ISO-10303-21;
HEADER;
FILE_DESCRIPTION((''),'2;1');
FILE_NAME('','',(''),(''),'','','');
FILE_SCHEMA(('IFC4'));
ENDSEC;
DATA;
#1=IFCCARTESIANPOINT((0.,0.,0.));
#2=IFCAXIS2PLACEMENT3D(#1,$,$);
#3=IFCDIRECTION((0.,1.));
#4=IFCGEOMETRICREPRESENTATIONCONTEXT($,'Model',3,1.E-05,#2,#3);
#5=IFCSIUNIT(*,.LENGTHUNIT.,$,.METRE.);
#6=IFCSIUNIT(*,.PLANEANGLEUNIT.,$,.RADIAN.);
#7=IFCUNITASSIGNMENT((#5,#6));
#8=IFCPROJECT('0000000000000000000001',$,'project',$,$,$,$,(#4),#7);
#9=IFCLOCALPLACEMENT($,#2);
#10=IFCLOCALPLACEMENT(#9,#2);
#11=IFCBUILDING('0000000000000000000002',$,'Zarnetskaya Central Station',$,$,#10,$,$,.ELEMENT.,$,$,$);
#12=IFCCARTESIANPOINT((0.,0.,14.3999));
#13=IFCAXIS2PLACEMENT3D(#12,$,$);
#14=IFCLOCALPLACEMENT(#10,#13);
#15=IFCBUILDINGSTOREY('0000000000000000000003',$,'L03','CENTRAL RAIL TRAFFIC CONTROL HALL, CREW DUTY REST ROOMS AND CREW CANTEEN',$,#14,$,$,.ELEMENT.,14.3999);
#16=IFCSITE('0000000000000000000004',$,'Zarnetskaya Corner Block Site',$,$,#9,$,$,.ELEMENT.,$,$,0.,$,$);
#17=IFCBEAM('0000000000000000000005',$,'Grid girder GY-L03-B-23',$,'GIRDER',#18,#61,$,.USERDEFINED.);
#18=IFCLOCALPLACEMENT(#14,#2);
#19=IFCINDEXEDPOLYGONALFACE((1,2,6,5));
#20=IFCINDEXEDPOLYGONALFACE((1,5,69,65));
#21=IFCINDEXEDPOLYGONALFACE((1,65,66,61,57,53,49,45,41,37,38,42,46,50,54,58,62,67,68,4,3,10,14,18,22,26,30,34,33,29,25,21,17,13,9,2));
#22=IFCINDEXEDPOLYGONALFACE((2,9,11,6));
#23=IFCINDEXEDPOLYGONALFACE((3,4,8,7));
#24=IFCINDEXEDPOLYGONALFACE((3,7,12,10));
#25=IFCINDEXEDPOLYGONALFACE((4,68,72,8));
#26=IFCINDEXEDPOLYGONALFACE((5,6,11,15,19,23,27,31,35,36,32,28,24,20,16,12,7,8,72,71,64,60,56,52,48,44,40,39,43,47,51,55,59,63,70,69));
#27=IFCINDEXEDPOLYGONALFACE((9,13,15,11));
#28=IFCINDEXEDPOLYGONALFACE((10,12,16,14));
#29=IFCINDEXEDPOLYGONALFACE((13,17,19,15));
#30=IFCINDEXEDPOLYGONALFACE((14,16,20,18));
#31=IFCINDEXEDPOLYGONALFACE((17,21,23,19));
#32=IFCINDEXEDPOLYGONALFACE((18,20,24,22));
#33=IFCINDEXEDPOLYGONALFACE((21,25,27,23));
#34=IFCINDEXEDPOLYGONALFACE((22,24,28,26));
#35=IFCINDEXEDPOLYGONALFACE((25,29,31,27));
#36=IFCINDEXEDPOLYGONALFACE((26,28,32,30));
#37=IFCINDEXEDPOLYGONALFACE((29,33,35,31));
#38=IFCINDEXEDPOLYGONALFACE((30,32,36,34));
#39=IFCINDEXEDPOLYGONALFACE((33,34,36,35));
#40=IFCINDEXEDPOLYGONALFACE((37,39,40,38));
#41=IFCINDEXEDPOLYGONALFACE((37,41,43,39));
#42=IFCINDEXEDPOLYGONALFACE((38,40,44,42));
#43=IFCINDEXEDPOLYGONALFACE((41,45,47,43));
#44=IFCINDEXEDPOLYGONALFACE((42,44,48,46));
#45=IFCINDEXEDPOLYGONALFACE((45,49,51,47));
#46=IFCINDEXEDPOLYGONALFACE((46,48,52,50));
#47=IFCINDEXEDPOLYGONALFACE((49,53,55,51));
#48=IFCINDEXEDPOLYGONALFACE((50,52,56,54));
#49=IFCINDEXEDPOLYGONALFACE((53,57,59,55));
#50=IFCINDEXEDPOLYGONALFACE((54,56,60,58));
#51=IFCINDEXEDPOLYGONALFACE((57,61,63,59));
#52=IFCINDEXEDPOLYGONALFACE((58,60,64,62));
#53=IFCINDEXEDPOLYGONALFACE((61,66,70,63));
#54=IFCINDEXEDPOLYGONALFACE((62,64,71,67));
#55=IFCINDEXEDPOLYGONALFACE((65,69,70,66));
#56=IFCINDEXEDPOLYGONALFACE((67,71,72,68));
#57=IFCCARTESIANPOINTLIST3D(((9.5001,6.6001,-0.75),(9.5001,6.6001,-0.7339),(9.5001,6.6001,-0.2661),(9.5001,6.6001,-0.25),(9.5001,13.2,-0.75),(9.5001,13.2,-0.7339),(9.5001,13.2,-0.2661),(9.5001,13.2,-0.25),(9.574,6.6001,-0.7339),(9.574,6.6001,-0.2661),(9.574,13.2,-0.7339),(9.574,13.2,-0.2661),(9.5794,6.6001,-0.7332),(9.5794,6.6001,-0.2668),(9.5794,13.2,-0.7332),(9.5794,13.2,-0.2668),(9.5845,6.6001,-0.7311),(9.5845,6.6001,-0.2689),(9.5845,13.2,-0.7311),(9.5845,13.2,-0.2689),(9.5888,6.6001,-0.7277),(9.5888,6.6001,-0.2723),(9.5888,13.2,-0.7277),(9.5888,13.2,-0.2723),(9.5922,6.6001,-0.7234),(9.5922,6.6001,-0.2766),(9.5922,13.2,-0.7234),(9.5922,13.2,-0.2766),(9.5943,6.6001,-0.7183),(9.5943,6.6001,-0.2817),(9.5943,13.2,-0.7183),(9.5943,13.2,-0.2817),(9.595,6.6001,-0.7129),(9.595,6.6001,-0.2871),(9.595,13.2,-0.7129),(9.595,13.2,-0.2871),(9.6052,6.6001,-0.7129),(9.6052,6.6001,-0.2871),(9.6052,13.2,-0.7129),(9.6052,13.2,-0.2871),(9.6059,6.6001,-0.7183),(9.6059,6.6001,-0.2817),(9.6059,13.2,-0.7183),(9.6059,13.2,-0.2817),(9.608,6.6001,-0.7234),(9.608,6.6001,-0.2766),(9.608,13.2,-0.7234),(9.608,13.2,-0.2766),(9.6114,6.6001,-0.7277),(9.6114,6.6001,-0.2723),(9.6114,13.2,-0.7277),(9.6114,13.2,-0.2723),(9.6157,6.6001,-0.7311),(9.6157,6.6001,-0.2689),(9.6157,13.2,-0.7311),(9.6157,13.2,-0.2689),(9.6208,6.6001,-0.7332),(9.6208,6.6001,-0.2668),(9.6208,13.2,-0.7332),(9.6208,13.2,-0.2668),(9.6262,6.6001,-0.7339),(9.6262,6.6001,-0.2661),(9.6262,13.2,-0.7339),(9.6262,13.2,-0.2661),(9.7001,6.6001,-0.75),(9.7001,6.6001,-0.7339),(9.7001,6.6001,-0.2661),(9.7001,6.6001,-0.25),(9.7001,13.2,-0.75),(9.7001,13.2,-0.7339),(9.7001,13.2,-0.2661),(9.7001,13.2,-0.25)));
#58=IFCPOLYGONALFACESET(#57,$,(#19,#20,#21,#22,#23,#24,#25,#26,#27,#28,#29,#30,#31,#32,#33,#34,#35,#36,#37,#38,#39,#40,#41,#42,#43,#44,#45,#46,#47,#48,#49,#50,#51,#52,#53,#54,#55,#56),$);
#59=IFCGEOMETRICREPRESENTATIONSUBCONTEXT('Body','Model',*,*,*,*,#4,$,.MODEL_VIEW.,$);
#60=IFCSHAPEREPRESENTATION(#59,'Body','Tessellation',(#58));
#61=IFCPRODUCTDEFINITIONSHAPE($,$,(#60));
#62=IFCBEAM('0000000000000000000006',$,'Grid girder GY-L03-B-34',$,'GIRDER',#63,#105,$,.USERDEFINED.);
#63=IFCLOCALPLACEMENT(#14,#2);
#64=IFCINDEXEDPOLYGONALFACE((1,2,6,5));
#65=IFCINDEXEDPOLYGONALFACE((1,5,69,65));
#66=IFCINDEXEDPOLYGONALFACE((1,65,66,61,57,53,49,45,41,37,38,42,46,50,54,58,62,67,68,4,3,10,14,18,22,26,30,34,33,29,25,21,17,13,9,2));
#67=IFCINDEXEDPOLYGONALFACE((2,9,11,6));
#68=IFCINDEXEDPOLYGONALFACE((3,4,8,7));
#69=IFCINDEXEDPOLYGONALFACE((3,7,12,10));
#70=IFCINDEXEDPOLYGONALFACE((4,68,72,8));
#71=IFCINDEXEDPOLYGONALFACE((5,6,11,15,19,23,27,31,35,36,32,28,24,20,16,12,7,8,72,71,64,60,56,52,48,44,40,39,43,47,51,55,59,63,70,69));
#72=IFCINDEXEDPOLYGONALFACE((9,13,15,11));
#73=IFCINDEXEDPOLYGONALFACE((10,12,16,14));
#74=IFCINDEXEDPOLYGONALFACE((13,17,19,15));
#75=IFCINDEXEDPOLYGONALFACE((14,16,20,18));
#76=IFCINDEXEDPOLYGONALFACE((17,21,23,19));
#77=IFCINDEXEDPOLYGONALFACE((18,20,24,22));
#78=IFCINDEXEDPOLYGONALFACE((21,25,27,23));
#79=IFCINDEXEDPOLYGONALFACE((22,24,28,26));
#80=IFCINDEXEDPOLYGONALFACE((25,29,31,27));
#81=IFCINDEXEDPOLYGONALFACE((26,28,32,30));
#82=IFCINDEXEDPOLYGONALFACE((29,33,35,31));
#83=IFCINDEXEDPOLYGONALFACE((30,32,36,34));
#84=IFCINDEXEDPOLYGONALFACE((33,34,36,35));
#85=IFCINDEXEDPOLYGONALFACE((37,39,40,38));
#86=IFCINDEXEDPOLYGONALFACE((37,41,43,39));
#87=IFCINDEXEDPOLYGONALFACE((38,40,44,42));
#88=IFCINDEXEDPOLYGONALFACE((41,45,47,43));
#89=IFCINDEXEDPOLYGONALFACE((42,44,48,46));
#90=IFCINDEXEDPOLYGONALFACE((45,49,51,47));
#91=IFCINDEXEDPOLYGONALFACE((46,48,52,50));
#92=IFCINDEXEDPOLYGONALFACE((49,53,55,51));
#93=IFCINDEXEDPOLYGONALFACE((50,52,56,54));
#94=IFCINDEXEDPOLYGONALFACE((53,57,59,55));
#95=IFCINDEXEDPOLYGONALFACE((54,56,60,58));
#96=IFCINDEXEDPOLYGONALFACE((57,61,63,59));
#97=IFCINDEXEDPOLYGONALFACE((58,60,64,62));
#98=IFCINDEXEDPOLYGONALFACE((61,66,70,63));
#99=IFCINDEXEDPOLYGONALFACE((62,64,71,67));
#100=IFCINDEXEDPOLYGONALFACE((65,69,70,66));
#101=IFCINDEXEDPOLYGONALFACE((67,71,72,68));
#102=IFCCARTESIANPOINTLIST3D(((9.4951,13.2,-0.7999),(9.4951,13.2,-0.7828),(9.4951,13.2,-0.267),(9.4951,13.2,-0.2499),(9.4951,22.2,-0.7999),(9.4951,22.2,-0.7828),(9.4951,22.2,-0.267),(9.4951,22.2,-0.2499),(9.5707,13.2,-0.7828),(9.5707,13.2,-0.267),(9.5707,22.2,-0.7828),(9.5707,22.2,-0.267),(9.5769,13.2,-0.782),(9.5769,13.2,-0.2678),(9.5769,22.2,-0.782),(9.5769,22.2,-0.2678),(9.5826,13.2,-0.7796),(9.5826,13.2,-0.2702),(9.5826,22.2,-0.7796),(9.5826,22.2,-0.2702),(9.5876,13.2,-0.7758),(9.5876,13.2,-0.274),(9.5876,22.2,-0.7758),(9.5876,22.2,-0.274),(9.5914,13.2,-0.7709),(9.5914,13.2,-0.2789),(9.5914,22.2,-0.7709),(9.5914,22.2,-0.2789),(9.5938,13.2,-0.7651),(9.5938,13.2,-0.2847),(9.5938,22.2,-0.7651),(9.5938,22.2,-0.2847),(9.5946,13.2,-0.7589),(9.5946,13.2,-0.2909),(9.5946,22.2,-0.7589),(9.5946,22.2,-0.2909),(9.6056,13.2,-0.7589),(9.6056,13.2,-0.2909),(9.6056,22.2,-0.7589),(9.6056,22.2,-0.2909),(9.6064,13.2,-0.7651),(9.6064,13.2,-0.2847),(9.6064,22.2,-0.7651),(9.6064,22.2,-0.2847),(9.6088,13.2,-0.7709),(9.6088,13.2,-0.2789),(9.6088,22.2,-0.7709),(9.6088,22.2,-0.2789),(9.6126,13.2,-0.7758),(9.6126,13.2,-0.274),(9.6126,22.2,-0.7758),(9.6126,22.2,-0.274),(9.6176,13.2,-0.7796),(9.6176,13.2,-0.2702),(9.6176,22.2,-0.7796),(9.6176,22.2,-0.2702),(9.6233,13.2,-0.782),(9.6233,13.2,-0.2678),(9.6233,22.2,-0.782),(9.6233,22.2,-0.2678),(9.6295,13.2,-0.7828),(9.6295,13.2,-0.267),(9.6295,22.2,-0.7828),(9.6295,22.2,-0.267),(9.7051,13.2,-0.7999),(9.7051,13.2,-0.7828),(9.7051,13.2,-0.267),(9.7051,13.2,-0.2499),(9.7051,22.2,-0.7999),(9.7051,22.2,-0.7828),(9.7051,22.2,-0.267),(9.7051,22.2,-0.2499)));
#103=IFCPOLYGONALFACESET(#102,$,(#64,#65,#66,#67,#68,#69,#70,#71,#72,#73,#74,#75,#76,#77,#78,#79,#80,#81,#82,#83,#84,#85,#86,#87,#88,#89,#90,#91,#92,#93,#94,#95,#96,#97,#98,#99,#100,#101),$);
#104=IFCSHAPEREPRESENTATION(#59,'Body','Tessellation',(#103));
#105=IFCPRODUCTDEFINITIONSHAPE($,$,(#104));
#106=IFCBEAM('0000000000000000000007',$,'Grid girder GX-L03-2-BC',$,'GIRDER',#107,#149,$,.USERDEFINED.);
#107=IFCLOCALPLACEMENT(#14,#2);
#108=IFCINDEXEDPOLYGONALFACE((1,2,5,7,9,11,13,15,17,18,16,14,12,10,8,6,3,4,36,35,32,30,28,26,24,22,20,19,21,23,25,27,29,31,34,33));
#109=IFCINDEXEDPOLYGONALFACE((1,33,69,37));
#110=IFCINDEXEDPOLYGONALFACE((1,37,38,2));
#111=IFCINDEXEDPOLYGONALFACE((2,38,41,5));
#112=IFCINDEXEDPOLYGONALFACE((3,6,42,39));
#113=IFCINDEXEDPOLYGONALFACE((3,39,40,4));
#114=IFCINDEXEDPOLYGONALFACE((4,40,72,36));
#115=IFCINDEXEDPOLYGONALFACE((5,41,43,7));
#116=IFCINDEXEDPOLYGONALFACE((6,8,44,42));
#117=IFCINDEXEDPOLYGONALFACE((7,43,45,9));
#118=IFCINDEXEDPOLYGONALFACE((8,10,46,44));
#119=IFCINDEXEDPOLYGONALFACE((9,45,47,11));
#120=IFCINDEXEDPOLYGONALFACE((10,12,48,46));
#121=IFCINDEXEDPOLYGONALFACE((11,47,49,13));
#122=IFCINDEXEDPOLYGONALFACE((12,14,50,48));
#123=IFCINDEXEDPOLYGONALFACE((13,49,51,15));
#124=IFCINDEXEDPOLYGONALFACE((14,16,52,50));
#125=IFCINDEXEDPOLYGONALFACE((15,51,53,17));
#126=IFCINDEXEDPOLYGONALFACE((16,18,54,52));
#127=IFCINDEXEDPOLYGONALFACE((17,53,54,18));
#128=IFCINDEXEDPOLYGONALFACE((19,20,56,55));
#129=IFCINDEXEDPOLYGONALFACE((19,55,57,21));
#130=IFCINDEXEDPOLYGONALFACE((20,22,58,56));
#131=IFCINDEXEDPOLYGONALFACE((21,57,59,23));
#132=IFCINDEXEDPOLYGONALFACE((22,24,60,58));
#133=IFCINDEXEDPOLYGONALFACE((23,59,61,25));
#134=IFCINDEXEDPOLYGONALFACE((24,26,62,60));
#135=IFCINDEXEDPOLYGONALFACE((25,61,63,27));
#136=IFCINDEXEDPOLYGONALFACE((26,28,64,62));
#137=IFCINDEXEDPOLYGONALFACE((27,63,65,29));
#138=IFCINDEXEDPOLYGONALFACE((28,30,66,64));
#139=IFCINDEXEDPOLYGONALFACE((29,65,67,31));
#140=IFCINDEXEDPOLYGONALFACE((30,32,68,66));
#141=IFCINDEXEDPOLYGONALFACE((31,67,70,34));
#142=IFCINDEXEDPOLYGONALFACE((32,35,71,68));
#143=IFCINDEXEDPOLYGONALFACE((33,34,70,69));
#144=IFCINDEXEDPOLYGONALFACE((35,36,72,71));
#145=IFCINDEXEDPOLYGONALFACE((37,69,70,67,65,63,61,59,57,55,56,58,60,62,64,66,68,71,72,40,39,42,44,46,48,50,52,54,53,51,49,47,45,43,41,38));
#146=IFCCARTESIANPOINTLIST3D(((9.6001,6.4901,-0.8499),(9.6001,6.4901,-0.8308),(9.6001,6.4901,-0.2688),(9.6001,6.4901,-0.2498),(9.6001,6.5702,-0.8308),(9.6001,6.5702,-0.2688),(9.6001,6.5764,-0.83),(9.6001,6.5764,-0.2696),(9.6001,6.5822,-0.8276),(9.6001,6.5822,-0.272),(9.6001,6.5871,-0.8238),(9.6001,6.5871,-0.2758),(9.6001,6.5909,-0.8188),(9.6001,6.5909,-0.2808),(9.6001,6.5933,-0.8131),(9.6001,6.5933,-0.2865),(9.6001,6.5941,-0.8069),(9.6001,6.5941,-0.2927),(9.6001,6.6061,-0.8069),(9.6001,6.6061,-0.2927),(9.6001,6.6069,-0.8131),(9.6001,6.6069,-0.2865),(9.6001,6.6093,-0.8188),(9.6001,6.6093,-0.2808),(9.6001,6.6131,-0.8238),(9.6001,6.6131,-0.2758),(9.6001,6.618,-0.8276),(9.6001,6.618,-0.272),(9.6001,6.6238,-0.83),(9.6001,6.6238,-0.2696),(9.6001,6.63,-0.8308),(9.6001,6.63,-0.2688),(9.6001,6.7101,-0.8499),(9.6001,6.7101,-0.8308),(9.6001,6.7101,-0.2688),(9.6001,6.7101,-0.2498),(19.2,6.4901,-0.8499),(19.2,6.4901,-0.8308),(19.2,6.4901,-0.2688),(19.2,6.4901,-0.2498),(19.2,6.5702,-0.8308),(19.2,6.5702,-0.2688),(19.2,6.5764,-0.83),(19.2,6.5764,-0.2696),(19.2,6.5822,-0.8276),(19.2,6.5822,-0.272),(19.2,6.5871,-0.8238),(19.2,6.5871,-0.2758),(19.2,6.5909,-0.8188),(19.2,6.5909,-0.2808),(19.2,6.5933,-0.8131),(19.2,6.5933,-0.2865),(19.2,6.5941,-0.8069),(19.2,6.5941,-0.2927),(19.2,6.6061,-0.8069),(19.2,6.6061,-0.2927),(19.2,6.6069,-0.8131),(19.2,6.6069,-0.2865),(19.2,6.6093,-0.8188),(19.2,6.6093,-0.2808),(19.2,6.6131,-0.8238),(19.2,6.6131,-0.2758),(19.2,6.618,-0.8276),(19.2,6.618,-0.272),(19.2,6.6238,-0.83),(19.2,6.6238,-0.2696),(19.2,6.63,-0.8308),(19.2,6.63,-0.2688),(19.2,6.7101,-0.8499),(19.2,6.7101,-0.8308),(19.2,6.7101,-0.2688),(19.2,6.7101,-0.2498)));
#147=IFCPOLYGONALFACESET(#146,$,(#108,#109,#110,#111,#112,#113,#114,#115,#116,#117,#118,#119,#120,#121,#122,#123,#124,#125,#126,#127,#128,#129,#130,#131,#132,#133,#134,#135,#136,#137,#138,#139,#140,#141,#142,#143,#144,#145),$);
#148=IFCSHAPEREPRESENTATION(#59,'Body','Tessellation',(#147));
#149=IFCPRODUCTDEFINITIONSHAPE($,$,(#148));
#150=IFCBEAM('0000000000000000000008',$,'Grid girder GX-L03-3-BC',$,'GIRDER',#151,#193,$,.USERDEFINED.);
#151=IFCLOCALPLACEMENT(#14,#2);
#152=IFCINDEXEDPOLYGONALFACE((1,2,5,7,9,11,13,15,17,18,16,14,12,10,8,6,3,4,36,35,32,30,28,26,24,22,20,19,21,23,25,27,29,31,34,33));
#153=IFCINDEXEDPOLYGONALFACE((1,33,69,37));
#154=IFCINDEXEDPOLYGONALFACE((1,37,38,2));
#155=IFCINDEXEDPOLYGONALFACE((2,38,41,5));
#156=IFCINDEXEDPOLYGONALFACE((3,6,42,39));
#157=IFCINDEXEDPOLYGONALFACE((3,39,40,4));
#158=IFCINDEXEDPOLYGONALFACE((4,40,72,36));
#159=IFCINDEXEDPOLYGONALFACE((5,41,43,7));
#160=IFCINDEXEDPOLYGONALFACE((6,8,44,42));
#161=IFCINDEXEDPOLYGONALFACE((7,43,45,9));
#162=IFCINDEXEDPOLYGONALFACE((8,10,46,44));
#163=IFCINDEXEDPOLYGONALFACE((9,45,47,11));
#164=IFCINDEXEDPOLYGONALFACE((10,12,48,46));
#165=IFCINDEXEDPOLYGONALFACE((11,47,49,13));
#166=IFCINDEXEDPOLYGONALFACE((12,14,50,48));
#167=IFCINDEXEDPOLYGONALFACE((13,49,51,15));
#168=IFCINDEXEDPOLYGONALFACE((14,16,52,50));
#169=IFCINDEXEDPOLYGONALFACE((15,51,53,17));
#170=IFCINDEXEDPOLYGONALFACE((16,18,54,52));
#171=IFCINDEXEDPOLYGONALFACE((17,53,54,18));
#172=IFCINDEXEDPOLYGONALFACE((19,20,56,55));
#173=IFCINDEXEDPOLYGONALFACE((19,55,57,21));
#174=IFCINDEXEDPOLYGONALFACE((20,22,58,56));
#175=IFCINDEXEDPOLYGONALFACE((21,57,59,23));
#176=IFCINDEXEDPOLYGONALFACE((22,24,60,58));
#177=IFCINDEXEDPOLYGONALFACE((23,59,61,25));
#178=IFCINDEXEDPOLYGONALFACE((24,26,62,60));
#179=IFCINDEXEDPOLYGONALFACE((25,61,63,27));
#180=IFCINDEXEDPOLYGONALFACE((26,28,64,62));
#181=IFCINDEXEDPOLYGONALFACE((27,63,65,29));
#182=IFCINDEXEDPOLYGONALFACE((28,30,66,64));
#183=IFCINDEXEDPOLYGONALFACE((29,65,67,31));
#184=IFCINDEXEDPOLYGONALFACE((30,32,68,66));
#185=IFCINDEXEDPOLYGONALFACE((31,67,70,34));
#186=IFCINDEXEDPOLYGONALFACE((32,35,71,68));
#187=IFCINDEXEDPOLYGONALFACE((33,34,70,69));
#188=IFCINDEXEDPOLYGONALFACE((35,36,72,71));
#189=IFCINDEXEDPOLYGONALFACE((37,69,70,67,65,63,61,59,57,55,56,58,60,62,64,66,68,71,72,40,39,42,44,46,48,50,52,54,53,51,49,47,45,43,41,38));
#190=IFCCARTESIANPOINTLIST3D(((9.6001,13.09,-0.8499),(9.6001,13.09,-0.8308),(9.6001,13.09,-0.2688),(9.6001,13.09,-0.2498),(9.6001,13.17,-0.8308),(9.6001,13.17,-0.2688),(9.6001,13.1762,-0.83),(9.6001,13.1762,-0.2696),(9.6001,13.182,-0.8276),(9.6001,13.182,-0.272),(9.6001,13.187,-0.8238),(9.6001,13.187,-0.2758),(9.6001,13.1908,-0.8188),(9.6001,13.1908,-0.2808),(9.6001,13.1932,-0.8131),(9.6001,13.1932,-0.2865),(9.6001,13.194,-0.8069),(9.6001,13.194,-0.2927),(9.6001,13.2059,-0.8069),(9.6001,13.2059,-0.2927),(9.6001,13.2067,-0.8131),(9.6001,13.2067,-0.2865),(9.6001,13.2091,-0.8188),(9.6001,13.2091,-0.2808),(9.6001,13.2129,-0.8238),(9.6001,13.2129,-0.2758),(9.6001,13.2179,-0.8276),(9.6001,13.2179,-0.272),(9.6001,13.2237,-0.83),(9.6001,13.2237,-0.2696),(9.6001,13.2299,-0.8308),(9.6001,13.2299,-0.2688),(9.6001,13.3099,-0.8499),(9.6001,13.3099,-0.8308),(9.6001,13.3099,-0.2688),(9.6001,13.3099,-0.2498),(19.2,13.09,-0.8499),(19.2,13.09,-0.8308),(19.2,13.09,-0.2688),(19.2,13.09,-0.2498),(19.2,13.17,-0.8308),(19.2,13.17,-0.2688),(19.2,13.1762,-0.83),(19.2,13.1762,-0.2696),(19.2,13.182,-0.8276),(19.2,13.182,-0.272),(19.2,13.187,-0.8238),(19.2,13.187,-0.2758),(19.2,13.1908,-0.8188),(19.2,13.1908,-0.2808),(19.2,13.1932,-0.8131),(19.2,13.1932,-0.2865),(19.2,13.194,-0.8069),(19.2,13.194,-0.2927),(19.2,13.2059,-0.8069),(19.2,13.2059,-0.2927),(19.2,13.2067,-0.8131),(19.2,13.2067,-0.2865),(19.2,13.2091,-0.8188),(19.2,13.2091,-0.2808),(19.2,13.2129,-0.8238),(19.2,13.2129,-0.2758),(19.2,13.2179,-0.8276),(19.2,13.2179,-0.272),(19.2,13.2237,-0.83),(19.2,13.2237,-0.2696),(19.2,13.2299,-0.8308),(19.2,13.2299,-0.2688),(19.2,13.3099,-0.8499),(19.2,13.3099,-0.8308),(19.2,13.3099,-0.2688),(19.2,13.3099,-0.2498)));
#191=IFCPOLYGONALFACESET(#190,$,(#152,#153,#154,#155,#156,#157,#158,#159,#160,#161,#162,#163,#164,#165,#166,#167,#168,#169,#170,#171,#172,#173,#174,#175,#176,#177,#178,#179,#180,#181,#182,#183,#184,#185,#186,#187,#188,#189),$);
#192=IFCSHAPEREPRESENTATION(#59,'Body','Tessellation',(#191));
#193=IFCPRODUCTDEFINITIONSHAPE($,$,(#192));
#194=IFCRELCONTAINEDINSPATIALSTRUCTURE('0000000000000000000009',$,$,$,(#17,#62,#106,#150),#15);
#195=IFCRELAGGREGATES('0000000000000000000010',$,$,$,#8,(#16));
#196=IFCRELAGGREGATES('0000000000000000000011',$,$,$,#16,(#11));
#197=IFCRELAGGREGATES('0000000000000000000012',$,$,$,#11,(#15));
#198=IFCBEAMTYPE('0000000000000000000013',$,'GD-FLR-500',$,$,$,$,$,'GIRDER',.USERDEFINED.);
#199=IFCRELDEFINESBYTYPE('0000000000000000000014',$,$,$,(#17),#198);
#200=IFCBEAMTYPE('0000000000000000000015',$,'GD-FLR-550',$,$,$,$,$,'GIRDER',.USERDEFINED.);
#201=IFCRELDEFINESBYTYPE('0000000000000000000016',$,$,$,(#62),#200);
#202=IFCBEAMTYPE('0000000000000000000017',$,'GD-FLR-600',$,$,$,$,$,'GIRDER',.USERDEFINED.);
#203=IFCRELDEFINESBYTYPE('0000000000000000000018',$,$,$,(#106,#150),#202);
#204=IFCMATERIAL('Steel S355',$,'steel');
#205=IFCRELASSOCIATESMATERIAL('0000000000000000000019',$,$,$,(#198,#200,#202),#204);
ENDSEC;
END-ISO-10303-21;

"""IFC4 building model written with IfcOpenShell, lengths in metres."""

from ifc_helpers import new_model, si_unit, direction, frame, origin, origin_2d, place, context, subcontext, project, spatial, i_section, extrude, material, material_profile, profile_set, type_object, element, save


model = new_model("IFC4")

# Units and contexts
model_context = context("Model", 3, precision=1e-05, world=origin(), true_north=direction((0.0, 1.0)))
body_context = subcontext(model_context, "Body", "Model", "MODEL_VIEW")
ifc_project = project(units=[si_unit("LENGTHUNIT", "METRE"), si_unit("PLANEANGLEUNIT", "RADIAN")], contexts=[model_context])

# Site, building, storey
site_placement = place(None, origin())
site = spatial("IfcSite", under=ifc_project, at=site_placement, Name="Zarnetskaya Corner Block Site", CompositionType="ELEMENT", RefElevation=0.0)
building_placement = place(site_placement, origin())
building = spatial("IfcBuilding", under=site, at=building_placement, Name="Zarnetskaya Central Station", CompositionType="ELEMENT")
storey_placement = place(building_placement, frame((0.0, 0.0, 14.3999)))
storey = spatial("IfcBuildingStorey", under=building, at=storey_placement, Name="L03", Description="CENTRAL RAIL TRAFFIC CONTROL HALL, CREW DUTY REST ROOMS AND CREW CANTEEN", CompositionType="ELEMENT", Elevation=14.3999)

# Shared definitions
ifc_material_1 = material(Name="Steel S355", Category="steel")

# Beams
ifc_material_profile_1 = material_profile(ifc_material_1, i_section(OverallWidth=0.2, OverallDepth=0.5, WebThickness=0.0103, FlangeThickness=0.0161, FilletRadius=0.021, at=origin_2d()), Name="IPE 500")
ifc_profile_set_1 = profile_set([ifc_material_profile_1], Name="Steel S355")
beam_type_1 = type_object("IfcBeamType", Name="GD-FLR-500", ElementType="GIRDER", PredefinedType="USERDEFINED", material=ifc_profile_set_1)
beam_1_placement = place(storey_placement, frame((9.6001, 6.6001, -0.5), z_axis=(0.0, 1.0, 0.0), x_axis=(-1.0, 0.0, 0.0)))
element("IfcBeam", 1, at=beam_1_placement, inside=storey, type_object=beam_type_1, Name="Grid girder GY-L03-B-23", ObjectType="GIRDER", PredefinedType="USERDEFINED", context=body_context, shape_type="SweptSolid", body=[
    extrude(i_section(OverallWidth=0.2, OverallDepth=0.5, WebThickness=0.0103, FlangeThickness=0.0161, FilletRadius=0.021, at=origin_2d()), origin(), (0.0, 0.0, 1.0), 6.5999),
])
ifc_material_profile_2 = material_profile(ifc_material_1, i_section(OverallWidth=0.21, OverallDepth=0.55, WebThickness=0.011, FlangeThickness=0.0171, FilletRadius=0.0239, at=origin_2d()), Name="IPE 550")
ifc_profile_set_2 = profile_set([ifc_material_profile_2], Name="Steel S355")
beam_type_2 = type_object("IfcBeamType", Name="GD-FLR-550", ElementType="GIRDER", PredefinedType="USERDEFINED", material=ifc_profile_set_2)
beam_2_placement = place(storey_placement, frame((9.6001, 13.2, -0.5249), z_axis=(0.0, 1.0, 0.0), x_axis=(-1.0, 0.0, 0.0)))
element("IfcBeam", 2, at=beam_2_placement, inside=storey, type_object=beam_type_2, Name="Grid girder GY-L03-B-34", ObjectType="GIRDER", PredefinedType="USERDEFINED", context=body_context, shape_type="SweptSolid", body=[
    extrude(i_section(OverallWidth=0.21, OverallDepth=0.55, WebThickness=0.011, FlangeThickness=0.0171, FilletRadius=0.0239, at=origin_2d()), origin(), (0.0, 0.0, 1.0), 9.0),
])
ifc_material_profile_3 = material_profile(ifc_material_1, i_section(OverallWidth=0.22, OverallDepth=0.6001, WebThickness=0.012, FlangeThickness=0.019, FilletRadius=0.0239, at=origin_2d()), Name="IPE 600")
ifc_profile_set_3 = profile_set([ifc_material_profile_3], Name="Steel S355")
beam_type_3 = type_object("IfcBeamType", Name="GD-FLR-600", ElementType="GIRDER", PredefinedType="USERDEFINED", material=ifc_profile_set_3)
for number, where, z_axis, x_axis, name in (
    (3, (9.6001, 6.6001, -0.5498), (1.0, 0.0, 0.0), (0.0, 1.0, 0.0), "Grid girder GX-L03-2-BC"),
    (4, (9.6001, 13.2, -0.5498), (1.0, 0.0, 0.0), (0.0, 1.0, 0.0), "Grid girder GX-L03-3-BC"),
):
    element("IfcBeam", number, at=place(storey_placement, frame(where, z_axis=z_axis, x_axis=x_axis)), inside=storey, type_object=beam_type_3, Name=name, ObjectType="GIRDER", PredefinedType="USERDEFINED", context=body_context, shape_type="SweptSolid", body=[
        extrude(i_section(OverallWidth=0.22, OverallDepth=0.6001, WebThickness=0.012, FlangeThickness=0.019, FilletRadius=0.0239, at=origin_2d()), origin(), (0.0, 0.0, 1.0), 9.5999),
    ])

save(model, "model.ifc")
